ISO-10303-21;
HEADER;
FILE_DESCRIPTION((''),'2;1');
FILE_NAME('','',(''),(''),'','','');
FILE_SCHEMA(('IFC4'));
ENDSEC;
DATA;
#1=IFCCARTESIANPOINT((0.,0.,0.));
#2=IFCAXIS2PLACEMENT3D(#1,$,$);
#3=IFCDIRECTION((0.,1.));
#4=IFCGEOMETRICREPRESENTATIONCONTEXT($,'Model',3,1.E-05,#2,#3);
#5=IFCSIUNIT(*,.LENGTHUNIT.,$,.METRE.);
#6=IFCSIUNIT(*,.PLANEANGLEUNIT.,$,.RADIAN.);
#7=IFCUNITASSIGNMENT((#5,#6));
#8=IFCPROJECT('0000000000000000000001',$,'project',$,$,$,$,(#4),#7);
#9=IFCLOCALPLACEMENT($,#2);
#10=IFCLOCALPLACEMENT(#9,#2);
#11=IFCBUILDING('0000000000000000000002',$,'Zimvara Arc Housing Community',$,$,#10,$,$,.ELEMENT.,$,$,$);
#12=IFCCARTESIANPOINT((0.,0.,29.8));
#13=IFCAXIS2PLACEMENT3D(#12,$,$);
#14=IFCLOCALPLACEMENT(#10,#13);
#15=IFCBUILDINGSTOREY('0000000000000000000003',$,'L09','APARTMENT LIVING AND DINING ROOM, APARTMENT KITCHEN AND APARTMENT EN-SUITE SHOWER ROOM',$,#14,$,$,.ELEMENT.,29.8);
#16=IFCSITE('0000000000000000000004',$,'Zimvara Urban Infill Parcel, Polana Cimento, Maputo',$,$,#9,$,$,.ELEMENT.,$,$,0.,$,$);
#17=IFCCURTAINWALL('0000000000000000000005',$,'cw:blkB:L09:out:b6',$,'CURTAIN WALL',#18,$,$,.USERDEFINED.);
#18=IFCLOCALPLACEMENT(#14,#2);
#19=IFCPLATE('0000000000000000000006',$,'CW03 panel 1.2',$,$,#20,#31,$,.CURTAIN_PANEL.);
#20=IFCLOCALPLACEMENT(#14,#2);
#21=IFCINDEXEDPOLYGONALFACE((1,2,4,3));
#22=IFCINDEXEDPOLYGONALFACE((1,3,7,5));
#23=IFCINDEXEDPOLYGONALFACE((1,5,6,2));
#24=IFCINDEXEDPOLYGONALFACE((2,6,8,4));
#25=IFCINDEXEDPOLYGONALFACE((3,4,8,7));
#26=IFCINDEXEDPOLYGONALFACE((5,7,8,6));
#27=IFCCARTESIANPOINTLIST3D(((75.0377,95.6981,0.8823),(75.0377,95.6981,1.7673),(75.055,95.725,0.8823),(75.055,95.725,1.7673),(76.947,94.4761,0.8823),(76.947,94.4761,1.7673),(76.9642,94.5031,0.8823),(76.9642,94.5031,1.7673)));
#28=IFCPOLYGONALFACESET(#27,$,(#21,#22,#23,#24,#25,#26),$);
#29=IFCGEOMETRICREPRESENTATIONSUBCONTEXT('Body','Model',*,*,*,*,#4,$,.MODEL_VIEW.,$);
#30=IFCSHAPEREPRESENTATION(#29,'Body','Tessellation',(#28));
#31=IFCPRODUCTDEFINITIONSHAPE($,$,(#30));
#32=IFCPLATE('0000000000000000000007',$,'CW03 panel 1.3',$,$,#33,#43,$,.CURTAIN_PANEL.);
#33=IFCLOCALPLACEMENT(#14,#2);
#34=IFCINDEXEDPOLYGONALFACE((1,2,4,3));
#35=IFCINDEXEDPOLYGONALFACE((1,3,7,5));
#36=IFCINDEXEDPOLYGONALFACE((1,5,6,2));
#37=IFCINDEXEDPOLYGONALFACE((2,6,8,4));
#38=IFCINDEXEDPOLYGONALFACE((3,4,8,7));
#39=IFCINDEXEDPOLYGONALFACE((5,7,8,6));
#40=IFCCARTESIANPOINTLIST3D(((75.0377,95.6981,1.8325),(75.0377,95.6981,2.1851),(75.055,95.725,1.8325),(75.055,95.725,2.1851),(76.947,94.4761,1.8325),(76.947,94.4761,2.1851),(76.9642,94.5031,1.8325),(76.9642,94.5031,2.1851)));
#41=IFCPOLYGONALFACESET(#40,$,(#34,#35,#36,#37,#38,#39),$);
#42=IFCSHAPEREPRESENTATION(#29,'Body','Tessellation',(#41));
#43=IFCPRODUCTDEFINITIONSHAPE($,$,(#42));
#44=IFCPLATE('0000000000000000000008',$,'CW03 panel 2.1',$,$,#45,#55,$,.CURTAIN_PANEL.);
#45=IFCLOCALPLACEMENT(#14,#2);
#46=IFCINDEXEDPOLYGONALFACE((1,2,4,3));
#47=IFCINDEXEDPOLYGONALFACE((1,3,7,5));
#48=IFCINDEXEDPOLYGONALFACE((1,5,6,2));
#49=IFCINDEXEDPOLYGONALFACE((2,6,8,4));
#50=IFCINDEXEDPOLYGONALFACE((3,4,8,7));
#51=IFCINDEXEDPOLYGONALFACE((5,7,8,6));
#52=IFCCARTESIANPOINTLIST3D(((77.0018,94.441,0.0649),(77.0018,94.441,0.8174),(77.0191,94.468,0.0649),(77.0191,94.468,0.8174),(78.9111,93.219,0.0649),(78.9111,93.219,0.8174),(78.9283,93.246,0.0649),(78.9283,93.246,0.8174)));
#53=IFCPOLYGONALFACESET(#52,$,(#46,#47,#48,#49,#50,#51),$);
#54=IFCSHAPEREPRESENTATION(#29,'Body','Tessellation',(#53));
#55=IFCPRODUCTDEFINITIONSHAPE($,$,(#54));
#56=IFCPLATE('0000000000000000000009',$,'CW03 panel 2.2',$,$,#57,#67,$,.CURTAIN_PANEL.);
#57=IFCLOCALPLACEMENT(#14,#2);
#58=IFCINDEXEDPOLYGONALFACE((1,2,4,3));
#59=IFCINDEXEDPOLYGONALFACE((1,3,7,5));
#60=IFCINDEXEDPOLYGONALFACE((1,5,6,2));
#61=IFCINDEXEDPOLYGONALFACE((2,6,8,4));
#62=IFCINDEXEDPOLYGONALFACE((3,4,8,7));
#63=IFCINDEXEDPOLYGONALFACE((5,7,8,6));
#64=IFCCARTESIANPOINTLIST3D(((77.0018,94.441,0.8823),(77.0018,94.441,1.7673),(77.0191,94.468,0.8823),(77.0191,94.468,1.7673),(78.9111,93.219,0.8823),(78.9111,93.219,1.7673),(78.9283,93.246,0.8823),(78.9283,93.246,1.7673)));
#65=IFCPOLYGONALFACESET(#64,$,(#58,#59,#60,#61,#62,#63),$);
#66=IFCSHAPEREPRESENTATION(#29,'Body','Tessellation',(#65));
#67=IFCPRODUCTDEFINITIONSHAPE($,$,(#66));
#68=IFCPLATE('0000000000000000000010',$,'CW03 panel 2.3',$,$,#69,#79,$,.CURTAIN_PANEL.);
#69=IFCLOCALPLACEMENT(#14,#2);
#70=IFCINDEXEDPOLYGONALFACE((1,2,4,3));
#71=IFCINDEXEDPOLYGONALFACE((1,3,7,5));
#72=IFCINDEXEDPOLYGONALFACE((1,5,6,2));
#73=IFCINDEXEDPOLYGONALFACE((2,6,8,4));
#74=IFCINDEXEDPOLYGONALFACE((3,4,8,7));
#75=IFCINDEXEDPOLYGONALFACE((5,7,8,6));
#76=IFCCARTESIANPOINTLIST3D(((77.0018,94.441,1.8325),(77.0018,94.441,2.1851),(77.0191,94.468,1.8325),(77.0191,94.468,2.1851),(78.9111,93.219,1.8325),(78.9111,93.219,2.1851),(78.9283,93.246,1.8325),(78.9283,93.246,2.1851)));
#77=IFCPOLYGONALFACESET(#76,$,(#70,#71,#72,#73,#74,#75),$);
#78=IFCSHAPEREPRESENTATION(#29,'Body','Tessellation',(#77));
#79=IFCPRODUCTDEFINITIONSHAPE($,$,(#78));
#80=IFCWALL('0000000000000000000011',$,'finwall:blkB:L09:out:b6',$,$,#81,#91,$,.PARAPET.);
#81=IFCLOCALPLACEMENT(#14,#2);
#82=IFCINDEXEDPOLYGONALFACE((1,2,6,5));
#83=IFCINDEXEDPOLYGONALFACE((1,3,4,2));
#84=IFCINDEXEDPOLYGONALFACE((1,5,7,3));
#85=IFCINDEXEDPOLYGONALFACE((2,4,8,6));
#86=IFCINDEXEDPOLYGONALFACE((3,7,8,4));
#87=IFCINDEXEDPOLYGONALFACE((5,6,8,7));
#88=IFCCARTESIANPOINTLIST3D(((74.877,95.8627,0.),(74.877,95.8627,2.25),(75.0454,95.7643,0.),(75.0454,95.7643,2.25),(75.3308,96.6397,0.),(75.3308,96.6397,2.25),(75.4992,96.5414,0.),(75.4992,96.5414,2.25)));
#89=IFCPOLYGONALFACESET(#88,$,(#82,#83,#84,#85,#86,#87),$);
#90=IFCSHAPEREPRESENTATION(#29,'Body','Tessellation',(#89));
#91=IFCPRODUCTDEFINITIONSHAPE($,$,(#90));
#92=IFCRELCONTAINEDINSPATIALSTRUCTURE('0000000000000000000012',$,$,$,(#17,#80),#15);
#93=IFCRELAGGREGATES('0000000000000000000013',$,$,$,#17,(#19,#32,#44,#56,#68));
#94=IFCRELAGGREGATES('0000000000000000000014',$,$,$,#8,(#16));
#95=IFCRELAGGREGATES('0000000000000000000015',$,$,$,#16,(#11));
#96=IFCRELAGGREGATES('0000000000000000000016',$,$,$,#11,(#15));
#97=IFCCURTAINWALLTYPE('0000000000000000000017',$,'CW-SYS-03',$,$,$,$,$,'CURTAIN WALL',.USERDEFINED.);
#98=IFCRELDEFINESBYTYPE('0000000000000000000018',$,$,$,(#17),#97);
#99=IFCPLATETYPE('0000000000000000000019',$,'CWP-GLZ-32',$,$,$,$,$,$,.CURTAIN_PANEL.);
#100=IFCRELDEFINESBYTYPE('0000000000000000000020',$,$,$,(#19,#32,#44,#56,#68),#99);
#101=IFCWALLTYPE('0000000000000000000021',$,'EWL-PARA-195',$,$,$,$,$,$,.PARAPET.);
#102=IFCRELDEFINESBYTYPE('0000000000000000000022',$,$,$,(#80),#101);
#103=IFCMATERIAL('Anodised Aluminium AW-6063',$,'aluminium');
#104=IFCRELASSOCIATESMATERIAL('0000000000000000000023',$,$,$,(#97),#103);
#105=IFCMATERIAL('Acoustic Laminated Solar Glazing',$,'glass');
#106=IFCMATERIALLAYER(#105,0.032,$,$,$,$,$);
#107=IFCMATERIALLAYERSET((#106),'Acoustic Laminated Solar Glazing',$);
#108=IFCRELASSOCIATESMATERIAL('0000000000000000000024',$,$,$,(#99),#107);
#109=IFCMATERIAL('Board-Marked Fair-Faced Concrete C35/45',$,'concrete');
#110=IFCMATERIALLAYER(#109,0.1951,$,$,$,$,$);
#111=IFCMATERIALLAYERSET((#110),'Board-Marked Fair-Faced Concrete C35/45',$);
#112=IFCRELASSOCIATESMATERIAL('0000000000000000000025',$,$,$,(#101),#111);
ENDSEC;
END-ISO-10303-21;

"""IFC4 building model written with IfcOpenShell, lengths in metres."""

from ifc_helpers import new_model, si_unit, direction, frame, frame_2d, origin, origin_2d, place, context, subcontext, project, spatial, rectangle, extrude, material, layer, layer_set, type_object, element, aggregate, save


model = new_model("IFC4")

# Units and contexts
model_context = context("Model", 3, precision=1e-05, world=origin(), true_north=direction((0.0, 1.0)))
body_context = subcontext(model_context, "Body", "Model", "MODEL_VIEW")
ifc_project = project(units=[si_unit("LENGTHUNIT", "METRE"), si_unit("PLANEANGLEUNIT", "RADIAN")], contexts=[model_context])

# Site, building, storey
site_placement = place(None, origin())
site = spatial("IfcSite", under=ifc_project, at=site_placement, Name="Zimvara Urban Infill Parcel, Polana Cimento, Maputo", CompositionType="ELEMENT", RefElevation=0.0)
building_placement = place(site_placement, origin())
building = spatial("IfcBuilding", under=site, at=building_placement, Name="Zimvara Arc Housing Community", CompositionType="ELEMENT")
storey_placement = place(building_placement, frame((0.0, 0.0, 29.8)))
storey = spatial("IfcBuildingStorey", under=building, at=storey_placement, Name="L09", Description="APARTMENT LIVING AND DINING ROOM, APARTMENT KITCHEN AND APARTMENT EN-SUITE SHOWER ROOM", CompositionType="ELEMENT", Elevation=29.8)

# Curtain wall, plates
ifc_material_1 = material(Name="Anodised Aluminium AW-6063", Category="aluminium")
curtain_wall_type_1 = type_object("IfcCurtainWallType", Name="CW-SYS-03", ElementType="CURTAIN WALL", PredefinedType="USERDEFINED", material=ifc_material_1)
curtain_wall_1_placement = place(storey_placement, origin())
curtain_wall_1 = element("IfcCurtainWall", 1, at=curtain_wall_1_placement, inside=storey, type_object=curtain_wall_type_1, Name="cw:blkB:L09:out:b6", ObjectType="CURTAIN WALL", PredefinedType="USERDEFINED")
ifc_material_2 = material(Name="Acoustic Laminated Solar Glazing", Category="glass")
ifc_layer_1 = layer(ifc_material_2, 0.032)
ifc_layer_set_1 = layer_set([ifc_layer_1], Name="Acoustic Laminated Solar Glazing")
plate_type = type_object("IfcPlateType", Name="CWP-GLZ-32", PredefinedType="CURTAIN_PANEL", material=ifc_layer_set_1)
plate_1_placement = place(storey_placement, frame((76.001, 95.1006, 0.8823), z_axis=(0.0, 0.0, 1.0), x_axis=(0.842264, -0.539065, 0.0)))
plate_1 = element("IfcPlate", 2, at=plate_1_placement, type_object=plate_type, Name="CW03 panel 1.2", PredefinedType="CURTAIN_PANEL", context=body_context, shape_type="SweptSolid", body=[
    extrude(rectangle(XDim=2.2668, YDim=0.032, at=origin_2d()), origin(), (0.0, 0.0, 1.0), 0.885),
])
plate_2_placement = place(storey_placement, frame((76.001, 95.1006, 1.8325), z_axis=(0.0, 0.0, 1.0), x_axis=(0.842264, -0.539065, 0.0)))
plate_2 = element("IfcPlate", 3, at=plate_2_placement, type_object=plate_type, Name="CW03 panel 1.3", PredefinedType="CURTAIN_PANEL", context=body_context, shape_type="SweptSolid", body=[
    extrude(rectangle(XDim=2.2668, YDim=0.032, at=origin_2d()), origin(), (0.0, 0.0, 1.0), 0.3525),
])
plate_3_placement = place(storey_placement, frame((77.9651, 93.8435, 0.0649), z_axis=(0.0, 0.0, 1.0), x_axis=(0.842264, -0.539065, 0.0)))
plate_3 = element("IfcPlate", 4, at=plate_3_placement, type_object=plate_type, Name="CW03 panel 2.1", PredefinedType="CURTAIN_PANEL", context=body_context, shape_type="SweptSolid", body=[
    extrude(rectangle(XDim=2.2668, YDim=0.032, at=origin_2d()), origin(), (0.0, 0.0, 1.0), 0.7524),
])
plate_4_placement = place(storey_placement, frame((77.9651, 93.8435, 0.8823), z_axis=(0.0, 0.0, 1.0), x_axis=(0.842264, -0.539065, 0.0)))
plate_4 = element("IfcPlate", 5, at=plate_4_placement, type_object=plate_type, Name="CW03 panel 2.2", PredefinedType="CURTAIN_PANEL", context=body_context, shape_type="SweptSolid", body=[
    extrude(rectangle(XDim=2.2668, YDim=0.032, at=origin_2d()), origin(), (0.0, 0.0, 1.0), 0.885),
])
plate_5_placement = place(storey_placement, frame((77.9651, 93.8435, 1.8325), z_axis=(0.0, 0.0, 1.0), x_axis=(0.842264, -0.539065, 0.0)))
plate_5 = element("IfcPlate", 6, at=plate_5_placement, type_object=plate_type, Name="CW03 panel 2.3", PredefinedType="CURTAIN_PANEL", context=body_context, shape_type="SweptSolid", body=[
    extrude(rectangle(XDim=2.2668, YDim=0.032, at=origin_2d()), origin(), (0.0, 0.0, 1.0), 0.3525),
])
aggregate(curtain_wall_1, [plate_1, plate_2, plate_3, plate_4, plate_5])

# Wall
ifc_material_3 = material(Name="Board-Marked Fair-Faced Concrete C35/45", Category="concrete")
ifc_layer_2 = layer(ifc_material_3, 0.1951)
ifc_layer_set_2 = layer_set([ifc_layer_2], Name="Board-Marked Fair-Faced Concrete C35/45")
wall_type = type_object("IfcWallType", Name="EWL-PARA-195", PredefinedType="PARAPET", material=ifc_layer_set_2)
wall_placement = place(storey_placement, frame((74.9612, 95.8135, 0.0), z_axis=(0.0, 0.0, 1.0), x_axis=(0.504326, 0.863513, 0.0)))
element("IfcWall", 7, at=wall_placement, inside=storey, type_object=wall_type, Name="finwall:blkB:L09:out:b6", PredefinedType="PARAPET", context=body_context, shape_type="SweptSolid", body=[
    extrude(rectangle(XDim=0.8999, YDim=0.1951, at=frame_2d((0.45, 0.0))), origin(), (0.0, 0.0, 1.0), 2.25),
])

save(model, "model.ifc")
